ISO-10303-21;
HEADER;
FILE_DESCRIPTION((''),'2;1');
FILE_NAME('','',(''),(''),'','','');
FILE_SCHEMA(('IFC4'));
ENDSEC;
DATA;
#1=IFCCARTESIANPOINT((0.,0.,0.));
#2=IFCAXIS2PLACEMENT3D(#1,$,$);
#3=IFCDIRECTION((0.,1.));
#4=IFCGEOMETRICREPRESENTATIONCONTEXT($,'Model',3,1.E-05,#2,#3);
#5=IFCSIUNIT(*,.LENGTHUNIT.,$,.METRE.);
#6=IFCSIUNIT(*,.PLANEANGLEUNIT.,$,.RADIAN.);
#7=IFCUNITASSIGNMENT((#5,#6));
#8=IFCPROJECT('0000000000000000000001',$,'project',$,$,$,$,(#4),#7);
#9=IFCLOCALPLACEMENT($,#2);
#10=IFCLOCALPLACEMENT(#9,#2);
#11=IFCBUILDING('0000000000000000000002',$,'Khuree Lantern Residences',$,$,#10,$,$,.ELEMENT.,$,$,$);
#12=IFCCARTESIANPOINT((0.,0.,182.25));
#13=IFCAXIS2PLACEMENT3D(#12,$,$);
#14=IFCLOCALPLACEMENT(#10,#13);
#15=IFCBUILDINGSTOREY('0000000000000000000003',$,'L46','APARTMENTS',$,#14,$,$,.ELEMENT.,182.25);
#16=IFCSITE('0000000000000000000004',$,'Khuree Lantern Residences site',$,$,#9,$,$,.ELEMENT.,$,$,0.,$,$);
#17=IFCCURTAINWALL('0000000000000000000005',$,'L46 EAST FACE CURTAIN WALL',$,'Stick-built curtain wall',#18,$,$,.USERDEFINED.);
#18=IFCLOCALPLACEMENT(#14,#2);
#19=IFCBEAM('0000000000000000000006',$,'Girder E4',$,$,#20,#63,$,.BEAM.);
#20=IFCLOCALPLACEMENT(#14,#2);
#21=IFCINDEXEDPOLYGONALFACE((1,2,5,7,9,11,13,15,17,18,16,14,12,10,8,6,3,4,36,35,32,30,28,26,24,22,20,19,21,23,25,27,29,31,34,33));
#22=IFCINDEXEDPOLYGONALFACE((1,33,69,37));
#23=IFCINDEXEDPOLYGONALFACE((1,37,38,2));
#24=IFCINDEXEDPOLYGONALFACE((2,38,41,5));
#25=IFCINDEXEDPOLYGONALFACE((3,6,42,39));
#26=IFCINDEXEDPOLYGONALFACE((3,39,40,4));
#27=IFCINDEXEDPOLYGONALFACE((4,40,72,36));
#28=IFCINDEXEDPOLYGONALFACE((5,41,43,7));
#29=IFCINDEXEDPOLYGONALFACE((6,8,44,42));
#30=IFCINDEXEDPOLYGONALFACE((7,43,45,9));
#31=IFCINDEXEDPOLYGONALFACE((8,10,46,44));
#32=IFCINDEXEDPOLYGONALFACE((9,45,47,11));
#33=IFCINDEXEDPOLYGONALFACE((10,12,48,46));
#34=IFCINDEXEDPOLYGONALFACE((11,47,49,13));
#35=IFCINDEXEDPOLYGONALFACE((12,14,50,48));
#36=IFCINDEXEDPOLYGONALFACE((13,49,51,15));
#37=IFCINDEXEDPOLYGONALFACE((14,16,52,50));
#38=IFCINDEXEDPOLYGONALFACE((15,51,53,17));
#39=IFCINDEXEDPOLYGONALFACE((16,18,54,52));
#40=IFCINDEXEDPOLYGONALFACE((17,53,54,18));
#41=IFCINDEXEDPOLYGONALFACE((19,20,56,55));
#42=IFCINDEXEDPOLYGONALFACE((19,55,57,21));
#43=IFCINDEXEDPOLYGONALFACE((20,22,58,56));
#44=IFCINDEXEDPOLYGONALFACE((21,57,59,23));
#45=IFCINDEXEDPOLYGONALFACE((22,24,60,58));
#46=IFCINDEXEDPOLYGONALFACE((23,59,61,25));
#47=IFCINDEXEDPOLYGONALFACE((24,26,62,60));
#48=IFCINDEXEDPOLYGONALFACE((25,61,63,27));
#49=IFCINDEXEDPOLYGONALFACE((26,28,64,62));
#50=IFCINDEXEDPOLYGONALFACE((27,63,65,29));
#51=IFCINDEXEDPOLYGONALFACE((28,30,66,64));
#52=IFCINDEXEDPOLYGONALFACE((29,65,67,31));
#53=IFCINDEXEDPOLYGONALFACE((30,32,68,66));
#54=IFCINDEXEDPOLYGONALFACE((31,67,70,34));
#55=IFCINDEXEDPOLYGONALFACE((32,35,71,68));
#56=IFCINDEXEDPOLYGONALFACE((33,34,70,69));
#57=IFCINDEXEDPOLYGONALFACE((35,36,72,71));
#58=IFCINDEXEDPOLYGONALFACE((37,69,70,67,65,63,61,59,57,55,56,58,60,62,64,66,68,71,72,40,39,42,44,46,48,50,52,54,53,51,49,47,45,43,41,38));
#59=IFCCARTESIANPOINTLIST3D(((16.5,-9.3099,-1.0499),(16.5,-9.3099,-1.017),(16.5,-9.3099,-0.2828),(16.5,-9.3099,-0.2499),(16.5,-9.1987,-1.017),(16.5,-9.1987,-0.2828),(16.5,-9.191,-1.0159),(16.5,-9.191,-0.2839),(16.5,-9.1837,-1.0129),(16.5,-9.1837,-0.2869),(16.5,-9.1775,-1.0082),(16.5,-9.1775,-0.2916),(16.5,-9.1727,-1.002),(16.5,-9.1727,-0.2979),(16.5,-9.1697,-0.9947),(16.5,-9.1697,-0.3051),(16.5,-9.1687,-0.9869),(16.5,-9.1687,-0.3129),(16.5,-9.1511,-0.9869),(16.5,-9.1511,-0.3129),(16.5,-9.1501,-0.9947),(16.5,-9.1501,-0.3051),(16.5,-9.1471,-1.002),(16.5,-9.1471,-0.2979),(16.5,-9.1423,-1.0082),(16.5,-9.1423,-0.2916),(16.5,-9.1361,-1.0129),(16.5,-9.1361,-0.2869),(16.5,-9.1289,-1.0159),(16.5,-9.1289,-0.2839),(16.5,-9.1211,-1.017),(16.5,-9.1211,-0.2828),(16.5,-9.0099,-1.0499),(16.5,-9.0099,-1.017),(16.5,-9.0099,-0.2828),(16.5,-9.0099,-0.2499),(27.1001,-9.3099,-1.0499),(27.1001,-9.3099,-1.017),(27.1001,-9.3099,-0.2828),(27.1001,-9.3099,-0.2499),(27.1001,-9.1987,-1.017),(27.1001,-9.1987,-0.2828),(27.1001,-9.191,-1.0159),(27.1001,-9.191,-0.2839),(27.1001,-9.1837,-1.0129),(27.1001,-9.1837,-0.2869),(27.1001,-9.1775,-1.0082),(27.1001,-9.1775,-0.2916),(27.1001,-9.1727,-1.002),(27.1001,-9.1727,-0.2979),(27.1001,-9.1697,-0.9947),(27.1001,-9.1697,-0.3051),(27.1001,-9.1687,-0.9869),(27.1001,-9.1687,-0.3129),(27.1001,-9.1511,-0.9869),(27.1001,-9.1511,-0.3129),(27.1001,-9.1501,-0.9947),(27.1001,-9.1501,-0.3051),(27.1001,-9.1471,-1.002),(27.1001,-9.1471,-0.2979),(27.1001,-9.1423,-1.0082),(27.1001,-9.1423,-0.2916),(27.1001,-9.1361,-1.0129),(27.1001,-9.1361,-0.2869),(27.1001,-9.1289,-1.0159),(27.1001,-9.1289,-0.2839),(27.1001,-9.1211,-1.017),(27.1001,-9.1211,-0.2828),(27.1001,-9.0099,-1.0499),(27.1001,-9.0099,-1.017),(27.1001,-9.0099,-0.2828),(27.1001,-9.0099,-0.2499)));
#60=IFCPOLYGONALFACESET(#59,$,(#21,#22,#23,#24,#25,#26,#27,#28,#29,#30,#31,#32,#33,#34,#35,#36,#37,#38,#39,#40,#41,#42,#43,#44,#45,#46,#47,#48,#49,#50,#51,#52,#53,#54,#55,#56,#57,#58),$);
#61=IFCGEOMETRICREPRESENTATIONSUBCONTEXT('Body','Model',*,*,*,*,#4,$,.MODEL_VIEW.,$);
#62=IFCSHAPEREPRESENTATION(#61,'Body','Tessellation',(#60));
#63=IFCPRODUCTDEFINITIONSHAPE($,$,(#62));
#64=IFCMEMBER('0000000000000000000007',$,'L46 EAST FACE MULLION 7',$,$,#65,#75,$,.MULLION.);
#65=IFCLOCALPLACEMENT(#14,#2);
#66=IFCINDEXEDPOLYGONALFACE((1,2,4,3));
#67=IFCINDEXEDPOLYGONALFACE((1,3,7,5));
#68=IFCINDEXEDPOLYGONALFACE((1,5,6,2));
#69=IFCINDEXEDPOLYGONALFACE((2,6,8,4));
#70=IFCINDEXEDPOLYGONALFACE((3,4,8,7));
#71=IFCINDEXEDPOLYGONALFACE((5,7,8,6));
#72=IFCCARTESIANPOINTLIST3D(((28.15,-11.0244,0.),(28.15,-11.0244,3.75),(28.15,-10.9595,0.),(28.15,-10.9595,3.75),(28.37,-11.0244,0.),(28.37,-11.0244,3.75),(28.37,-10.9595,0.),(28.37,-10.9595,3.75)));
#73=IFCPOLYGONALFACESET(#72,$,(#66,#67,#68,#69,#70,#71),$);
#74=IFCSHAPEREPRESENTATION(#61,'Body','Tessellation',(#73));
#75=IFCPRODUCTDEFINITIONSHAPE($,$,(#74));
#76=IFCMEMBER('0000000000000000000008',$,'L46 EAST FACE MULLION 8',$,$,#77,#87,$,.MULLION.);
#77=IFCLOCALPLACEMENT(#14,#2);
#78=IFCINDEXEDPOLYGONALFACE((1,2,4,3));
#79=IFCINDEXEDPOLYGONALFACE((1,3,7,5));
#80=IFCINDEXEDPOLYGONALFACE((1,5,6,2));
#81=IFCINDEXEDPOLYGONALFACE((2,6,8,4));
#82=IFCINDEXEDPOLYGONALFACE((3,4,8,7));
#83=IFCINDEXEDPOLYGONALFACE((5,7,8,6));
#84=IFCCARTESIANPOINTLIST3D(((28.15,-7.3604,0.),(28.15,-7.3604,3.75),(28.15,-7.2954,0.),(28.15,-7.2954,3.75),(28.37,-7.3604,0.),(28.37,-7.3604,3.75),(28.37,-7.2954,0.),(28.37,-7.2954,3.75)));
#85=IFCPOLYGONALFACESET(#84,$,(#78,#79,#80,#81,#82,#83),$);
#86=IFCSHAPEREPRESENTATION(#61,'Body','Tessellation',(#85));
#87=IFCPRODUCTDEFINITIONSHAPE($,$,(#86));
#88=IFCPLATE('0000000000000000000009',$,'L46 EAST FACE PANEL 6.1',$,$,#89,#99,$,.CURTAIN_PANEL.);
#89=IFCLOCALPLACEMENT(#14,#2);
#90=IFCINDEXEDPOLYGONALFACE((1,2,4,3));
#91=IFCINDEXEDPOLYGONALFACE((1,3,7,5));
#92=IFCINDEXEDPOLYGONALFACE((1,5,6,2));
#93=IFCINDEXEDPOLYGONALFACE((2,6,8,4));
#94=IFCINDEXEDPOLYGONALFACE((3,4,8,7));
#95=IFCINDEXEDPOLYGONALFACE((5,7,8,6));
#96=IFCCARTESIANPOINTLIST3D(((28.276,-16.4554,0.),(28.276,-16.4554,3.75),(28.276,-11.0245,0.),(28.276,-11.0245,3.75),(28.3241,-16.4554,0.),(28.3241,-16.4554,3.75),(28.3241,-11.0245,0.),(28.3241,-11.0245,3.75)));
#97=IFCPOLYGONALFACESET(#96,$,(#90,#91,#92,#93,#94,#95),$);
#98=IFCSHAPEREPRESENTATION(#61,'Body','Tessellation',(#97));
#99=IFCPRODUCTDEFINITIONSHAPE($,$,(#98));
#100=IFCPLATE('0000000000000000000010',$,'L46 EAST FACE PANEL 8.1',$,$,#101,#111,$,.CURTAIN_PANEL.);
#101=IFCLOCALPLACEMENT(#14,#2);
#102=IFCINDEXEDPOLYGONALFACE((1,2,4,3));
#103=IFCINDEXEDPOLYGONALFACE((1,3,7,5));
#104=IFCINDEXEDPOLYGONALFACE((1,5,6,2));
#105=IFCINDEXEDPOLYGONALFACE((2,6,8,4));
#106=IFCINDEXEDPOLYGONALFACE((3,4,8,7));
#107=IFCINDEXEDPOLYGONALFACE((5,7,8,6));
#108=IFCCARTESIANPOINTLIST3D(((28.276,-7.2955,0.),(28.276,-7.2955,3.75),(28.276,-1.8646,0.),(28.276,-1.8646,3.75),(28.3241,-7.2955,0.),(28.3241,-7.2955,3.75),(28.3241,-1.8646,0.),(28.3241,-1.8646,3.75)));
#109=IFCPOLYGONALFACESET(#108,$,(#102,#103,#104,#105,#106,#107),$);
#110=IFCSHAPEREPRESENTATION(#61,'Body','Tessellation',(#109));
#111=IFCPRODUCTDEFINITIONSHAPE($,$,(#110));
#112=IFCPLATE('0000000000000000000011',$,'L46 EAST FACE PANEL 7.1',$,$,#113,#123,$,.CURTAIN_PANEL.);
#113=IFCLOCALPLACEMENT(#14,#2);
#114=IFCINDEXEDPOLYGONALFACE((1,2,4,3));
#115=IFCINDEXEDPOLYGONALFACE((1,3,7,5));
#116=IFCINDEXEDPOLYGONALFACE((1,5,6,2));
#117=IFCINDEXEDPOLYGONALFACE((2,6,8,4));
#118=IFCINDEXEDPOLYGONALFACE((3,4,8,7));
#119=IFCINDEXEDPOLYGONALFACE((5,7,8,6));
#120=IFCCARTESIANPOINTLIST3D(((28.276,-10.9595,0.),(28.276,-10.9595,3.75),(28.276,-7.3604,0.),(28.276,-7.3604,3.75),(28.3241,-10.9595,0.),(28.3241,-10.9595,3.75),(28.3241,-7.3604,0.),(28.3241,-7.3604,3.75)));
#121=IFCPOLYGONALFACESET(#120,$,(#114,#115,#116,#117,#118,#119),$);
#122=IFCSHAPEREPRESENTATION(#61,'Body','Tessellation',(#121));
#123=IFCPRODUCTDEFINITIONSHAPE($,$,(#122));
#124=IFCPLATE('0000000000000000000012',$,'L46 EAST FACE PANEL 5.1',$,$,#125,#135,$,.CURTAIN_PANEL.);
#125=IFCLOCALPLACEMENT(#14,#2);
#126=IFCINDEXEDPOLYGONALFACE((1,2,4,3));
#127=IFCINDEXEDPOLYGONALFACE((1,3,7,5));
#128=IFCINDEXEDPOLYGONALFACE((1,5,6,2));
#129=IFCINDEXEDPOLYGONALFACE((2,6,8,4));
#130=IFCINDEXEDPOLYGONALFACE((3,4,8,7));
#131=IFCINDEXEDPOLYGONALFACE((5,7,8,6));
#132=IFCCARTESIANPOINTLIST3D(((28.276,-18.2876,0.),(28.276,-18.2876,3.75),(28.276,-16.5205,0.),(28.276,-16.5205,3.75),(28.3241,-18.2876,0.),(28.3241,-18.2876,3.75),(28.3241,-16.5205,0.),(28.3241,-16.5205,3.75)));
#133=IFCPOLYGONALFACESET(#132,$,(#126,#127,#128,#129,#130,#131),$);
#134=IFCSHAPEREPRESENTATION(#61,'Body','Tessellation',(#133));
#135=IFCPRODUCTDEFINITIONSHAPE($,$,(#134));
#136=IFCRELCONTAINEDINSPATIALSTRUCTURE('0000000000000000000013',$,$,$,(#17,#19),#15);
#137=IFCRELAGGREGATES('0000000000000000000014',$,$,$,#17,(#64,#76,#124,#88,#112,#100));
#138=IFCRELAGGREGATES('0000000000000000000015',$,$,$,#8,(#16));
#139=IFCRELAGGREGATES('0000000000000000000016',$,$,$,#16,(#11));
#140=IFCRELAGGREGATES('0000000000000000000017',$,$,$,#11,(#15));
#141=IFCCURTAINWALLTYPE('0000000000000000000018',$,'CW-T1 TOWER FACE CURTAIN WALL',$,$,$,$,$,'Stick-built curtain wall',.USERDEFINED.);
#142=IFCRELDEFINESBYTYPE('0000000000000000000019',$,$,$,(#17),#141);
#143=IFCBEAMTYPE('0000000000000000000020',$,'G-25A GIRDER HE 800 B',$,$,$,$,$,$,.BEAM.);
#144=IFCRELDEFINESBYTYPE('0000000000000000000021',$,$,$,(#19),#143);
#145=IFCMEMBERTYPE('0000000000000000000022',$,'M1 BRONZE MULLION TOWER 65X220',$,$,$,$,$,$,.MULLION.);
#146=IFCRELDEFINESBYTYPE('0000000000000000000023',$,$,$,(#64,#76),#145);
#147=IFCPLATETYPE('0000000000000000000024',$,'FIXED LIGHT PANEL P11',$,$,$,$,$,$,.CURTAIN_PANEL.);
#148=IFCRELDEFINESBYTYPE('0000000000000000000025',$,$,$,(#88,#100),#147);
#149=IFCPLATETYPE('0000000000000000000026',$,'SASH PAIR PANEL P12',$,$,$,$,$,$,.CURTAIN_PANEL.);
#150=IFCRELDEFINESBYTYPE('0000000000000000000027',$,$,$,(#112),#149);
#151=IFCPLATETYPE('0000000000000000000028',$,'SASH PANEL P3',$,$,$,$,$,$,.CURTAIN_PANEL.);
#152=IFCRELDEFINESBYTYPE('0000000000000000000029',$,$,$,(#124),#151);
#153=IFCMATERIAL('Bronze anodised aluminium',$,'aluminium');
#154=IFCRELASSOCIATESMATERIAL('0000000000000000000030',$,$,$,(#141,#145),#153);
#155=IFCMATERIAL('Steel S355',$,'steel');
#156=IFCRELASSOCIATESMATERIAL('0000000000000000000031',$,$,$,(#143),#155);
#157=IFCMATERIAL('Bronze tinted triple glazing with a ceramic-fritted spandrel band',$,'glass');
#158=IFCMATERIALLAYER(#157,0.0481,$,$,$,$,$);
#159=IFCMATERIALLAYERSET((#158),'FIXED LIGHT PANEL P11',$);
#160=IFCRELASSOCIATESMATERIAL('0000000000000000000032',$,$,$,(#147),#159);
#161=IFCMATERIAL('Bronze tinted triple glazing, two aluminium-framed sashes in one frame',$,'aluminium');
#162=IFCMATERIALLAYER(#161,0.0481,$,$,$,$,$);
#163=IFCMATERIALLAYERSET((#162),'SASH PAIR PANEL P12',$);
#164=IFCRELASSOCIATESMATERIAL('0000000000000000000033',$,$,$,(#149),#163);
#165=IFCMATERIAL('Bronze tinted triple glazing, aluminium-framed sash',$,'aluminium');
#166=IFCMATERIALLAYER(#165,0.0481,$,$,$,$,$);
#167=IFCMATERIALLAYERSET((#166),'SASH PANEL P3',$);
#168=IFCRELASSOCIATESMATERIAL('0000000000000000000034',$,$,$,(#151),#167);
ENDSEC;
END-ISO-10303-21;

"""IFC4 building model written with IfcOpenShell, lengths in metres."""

from ifc_helpers import new_model, si_unit, direction, frame, origin, origin_2d, place, context, subcontext, project, spatial, rectangle, i_section, extrude, material, layer, layer_set, material_profile, profile_set, type_object, element, aggregate, save


model = new_model("IFC4")

# Units and contexts
model_context = context("Model", 3, precision=1e-05, world=origin(), true_north=direction((0.0, 1.0)))
body_context = subcontext(model_context, "Body", "Model", "MODEL_VIEW")
ifc_project = project(units=[si_unit("LENGTHUNIT", "METRE"), si_unit("PLANEANGLEUNIT", "RADIAN")], contexts=[model_context])

# Site, building, storey
site_placement = place(None, origin())
site = spatial("IfcSite", under=ifc_project, at=site_placement, Name="Khuree Lantern Residences site", CompositionType="ELEMENT", RefElevation=0.0)
building_placement = place(site_placement, origin())
building = spatial("IfcBuilding", under=site, at=building_placement, Name="Khuree Lantern Residences", CompositionType="ELEMENT")
storey_placement = place(building_placement, frame((0.0, 0.0, 182.25)))
storey = spatial("IfcBuildingStorey", under=building, at=storey_placement, Name="L46", Description="APARTMENTS", CompositionType="ELEMENT", Elevation=182.25)

# Shared definitions
ifc_material_1 = material(Name="Steel S355", Category="steel")

# Curtain wall
ifc_material_2 = material(Name="Bronze anodised aluminium", Category="aluminium")
curtain_wall_type = type_object("IfcCurtainWallType", Name="CW-T1 TOWER FACE CURTAIN WALL", ElementType="Stick-built curtain wall", PredefinedType="USERDEFINED", material=ifc_material_2)
curtain_wall_placement = place(storey_placement, origin())
curtain_wall = element("IfcCurtainWall", 1, at=curtain_wall_placement, inside=storey, type_object=curtain_wall_type, Name="L46 EAST FACE CURTAIN WALL", ObjectType="Stick-built curtain wall", PredefinedType="USERDEFINED")

# Beam
ifc_material_profile_1 = material_profile(ifc_material_1, i_section(OverallWidth=0.3, OverallDepth=0.8, WebThickness=0.0176, FlangeThickness=0.033, FilletRadius=0.03, at=origin_2d()), Name="HE 800 B")
ifc_profile_set_1 = profile_set([ifc_material_profile_1], Name="Steel S355")
beam_type_1 = type_object("IfcBeamType", Name="G-25A GIRDER HE 800 B", PredefinedType="BEAM", material=ifc_profile_set_1)
beam_1_placement = place(storey_placement, frame((27.1001, -9.1599, -0.6499), z_axis=(-1.0, 0.0, 0.0), x_axis=(0.0, -1.0, 0.0)))
element("IfcBeam", 2, at=beam_1_placement, inside=storey, type_object=beam_type_1, Name="Girder E4", PredefinedType="BEAM", context=body_context, shape_type="SweptSolid", body=[
    extrude(i_section(OverallWidth=0.3, OverallDepth=0.8, WebThickness=0.0176, FlangeThickness=0.033, FilletRadius=0.03, at=origin_2d()), origin(), (0.0, 0.0, 1.0), 10.6001),
])

# Members
ifc_material_profile_2 = material_profile(ifc_material_2, rectangle(XDim=0.0649, YDim=0.22, at=origin_2d()), Name="M1 65X220")
ifc_profile_set_2 = profile_set([ifc_material_profile_2], Name="Bronze anodised aluminium")
member_type_1 = type_object("IfcMemberType", Name="M1 BRONZE MULLION TOWER 65X220", PredefinedType="MULLION", material=ifc_profile_set_2)
member_1_placement = place(storey_placement, frame((28.26, -10.9919, 0.0), z_axis=(0.0, 0.0, 1.0), x_axis=(0.0, 1.0, 0.0)))
member_1 = element("IfcMember", 3, at=member_1_placement, type_object=member_type_1, Name="L46 EAST FACE MULLION 7", PredefinedType="MULLION", context=body_context, shape_type="SweptSolid", body=[
    extrude(rectangle(XDim=0.0649, YDim=0.22, at=origin_2d()), origin(), (0.0, 0.0, 1.0), 3.75),
])
member_2_placement = place(storey_placement, frame((28.26, -7.3279, 0.0), z_axis=(0.0, 0.0, 1.0), x_axis=(0.0, 1.0, 0.0)))
member_2 = element("IfcMember", 4, at=member_2_placement, type_object=member_type_1, Name="L46 EAST FACE MULLION 8", PredefinedType="MULLION", context=body_context, shape_type="SweptSolid", body=[
    extrude(rectangle(XDim=0.0649, YDim=0.22, at=origin_2d()), origin(), (0.0, 0.0, 1.0), 3.75),
])

# Plates
ifc_material_3 = material(Name="Bronze tinted triple glazing with a ceramic-fritted spandrel band", Category="glass")
ifc_layer_1 = layer(ifc_material_3, 0.0481)
ifc_layer_set_1 = layer_set([ifc_layer_1], Name="FIXED LIGHT PANEL P11")
plate_type_1 = type_object("IfcPlateType", Name="FIXED LIGHT PANEL P11", PredefinedType="CURTAIN_PANEL", material=ifc_layer_set_1)
plate_1_placement = place(storey_placement, frame((28.3, -13.74, 0.0), z_axis=(0.0, 0.0, 1.0), x_axis=(0.0, 1.0, 0.0)))
plate_1 = element("IfcPlate", 5, at=plate_1_placement, type_object=plate_type_1, Name="L46 EAST FACE PANEL 6.1", PredefinedType="CURTAIN_PANEL", context=body_context, shape_type="SweptSolid", body=[
    extrude(rectangle(XDim=5.4309, YDim=0.0481, at=origin_2d()), origin(), (0.0, 0.0, 1.0), 3.75),
])
plate_2_placement = place(storey_placement, frame((28.3, -4.5801, 0.0), z_axis=(0.0, 0.0, 1.0), x_axis=(0.0, 1.0, 0.0)))
plate_2 = element("IfcPlate", 6, at=plate_2_placement, type_object=plate_type_1, Name="L46 EAST FACE PANEL 8.1", PredefinedType="CURTAIN_PANEL", context=body_context, shape_type="SweptSolid", body=[
    extrude(rectangle(XDim=5.4309, YDim=0.0481, at=origin_2d()), origin(), (0.0, 0.0, 1.0), 3.75),
])
ifc_material_4 = material(Name="Bronze tinted triple glazing, two aluminium-framed sashes in one frame", Category="aluminium")
ifc_layer_2 = layer(ifc_material_4, 0.0481)
ifc_layer_set_2 = layer_set([ifc_layer_2], Name="SASH PAIR PANEL P12")
plate_type_2 = type_object("IfcPlateType", Name="SASH PAIR PANEL P12", PredefinedType="CURTAIN_PANEL", material=ifc_layer_set_2)
plate_3_placement = place(storey_placement, frame((28.3, -9.1599, 0.0), z_axis=(0.0, 0.0, 1.0), x_axis=(0.0, 1.0, 0.0)))
plate_3 = element("IfcPlate", 7, at=plate_3_placement, type_object=plate_type_2, Name="L46 EAST FACE PANEL 7.1", PredefinedType="CURTAIN_PANEL", context=body_context, shape_type="SweptSolid", body=[
    extrude(rectangle(XDim=3.5991, YDim=0.0481, at=origin_2d()), origin(), (0.0, 0.0, 1.0), 3.75),
])
ifc_material_5 = material(Name="Bronze tinted triple glazing, aluminium-framed sash", Category="aluminium")
ifc_layer_3 = layer(ifc_material_5, 0.0481)
ifc_layer_set_3 = layer_set([ifc_layer_3], Name="SASH PANEL P3")
plate_type_3 = type_object("IfcPlateType", Name="SASH PANEL P3", PredefinedType="CURTAIN_PANEL", material=ifc_layer_set_3)
plate_4_placement = place(storey_placement, frame((28.3, -17.4041, 0.0), z_axis=(0.0, 0.0, 1.0), x_axis=(0.0, 1.0, 0.0)))
plate_4 = element("IfcPlate", 8, at=plate_4_placement, type_object=plate_type_3, Name="L46 EAST FACE PANEL 5.1", PredefinedType="CURTAIN_PANEL", context=body_context, shape_type="SweptSolid", body=[
    extrude(rectangle(XDim=1.7671, YDim=0.0481, at=origin_2d()), origin(), (0.0, 0.0, 1.0), 3.75),
])
aggregate(curtain_wall, [member_1, member_2, plate_4, plate_1, plate_3, plate_2])

save(model, "model.ifc")
